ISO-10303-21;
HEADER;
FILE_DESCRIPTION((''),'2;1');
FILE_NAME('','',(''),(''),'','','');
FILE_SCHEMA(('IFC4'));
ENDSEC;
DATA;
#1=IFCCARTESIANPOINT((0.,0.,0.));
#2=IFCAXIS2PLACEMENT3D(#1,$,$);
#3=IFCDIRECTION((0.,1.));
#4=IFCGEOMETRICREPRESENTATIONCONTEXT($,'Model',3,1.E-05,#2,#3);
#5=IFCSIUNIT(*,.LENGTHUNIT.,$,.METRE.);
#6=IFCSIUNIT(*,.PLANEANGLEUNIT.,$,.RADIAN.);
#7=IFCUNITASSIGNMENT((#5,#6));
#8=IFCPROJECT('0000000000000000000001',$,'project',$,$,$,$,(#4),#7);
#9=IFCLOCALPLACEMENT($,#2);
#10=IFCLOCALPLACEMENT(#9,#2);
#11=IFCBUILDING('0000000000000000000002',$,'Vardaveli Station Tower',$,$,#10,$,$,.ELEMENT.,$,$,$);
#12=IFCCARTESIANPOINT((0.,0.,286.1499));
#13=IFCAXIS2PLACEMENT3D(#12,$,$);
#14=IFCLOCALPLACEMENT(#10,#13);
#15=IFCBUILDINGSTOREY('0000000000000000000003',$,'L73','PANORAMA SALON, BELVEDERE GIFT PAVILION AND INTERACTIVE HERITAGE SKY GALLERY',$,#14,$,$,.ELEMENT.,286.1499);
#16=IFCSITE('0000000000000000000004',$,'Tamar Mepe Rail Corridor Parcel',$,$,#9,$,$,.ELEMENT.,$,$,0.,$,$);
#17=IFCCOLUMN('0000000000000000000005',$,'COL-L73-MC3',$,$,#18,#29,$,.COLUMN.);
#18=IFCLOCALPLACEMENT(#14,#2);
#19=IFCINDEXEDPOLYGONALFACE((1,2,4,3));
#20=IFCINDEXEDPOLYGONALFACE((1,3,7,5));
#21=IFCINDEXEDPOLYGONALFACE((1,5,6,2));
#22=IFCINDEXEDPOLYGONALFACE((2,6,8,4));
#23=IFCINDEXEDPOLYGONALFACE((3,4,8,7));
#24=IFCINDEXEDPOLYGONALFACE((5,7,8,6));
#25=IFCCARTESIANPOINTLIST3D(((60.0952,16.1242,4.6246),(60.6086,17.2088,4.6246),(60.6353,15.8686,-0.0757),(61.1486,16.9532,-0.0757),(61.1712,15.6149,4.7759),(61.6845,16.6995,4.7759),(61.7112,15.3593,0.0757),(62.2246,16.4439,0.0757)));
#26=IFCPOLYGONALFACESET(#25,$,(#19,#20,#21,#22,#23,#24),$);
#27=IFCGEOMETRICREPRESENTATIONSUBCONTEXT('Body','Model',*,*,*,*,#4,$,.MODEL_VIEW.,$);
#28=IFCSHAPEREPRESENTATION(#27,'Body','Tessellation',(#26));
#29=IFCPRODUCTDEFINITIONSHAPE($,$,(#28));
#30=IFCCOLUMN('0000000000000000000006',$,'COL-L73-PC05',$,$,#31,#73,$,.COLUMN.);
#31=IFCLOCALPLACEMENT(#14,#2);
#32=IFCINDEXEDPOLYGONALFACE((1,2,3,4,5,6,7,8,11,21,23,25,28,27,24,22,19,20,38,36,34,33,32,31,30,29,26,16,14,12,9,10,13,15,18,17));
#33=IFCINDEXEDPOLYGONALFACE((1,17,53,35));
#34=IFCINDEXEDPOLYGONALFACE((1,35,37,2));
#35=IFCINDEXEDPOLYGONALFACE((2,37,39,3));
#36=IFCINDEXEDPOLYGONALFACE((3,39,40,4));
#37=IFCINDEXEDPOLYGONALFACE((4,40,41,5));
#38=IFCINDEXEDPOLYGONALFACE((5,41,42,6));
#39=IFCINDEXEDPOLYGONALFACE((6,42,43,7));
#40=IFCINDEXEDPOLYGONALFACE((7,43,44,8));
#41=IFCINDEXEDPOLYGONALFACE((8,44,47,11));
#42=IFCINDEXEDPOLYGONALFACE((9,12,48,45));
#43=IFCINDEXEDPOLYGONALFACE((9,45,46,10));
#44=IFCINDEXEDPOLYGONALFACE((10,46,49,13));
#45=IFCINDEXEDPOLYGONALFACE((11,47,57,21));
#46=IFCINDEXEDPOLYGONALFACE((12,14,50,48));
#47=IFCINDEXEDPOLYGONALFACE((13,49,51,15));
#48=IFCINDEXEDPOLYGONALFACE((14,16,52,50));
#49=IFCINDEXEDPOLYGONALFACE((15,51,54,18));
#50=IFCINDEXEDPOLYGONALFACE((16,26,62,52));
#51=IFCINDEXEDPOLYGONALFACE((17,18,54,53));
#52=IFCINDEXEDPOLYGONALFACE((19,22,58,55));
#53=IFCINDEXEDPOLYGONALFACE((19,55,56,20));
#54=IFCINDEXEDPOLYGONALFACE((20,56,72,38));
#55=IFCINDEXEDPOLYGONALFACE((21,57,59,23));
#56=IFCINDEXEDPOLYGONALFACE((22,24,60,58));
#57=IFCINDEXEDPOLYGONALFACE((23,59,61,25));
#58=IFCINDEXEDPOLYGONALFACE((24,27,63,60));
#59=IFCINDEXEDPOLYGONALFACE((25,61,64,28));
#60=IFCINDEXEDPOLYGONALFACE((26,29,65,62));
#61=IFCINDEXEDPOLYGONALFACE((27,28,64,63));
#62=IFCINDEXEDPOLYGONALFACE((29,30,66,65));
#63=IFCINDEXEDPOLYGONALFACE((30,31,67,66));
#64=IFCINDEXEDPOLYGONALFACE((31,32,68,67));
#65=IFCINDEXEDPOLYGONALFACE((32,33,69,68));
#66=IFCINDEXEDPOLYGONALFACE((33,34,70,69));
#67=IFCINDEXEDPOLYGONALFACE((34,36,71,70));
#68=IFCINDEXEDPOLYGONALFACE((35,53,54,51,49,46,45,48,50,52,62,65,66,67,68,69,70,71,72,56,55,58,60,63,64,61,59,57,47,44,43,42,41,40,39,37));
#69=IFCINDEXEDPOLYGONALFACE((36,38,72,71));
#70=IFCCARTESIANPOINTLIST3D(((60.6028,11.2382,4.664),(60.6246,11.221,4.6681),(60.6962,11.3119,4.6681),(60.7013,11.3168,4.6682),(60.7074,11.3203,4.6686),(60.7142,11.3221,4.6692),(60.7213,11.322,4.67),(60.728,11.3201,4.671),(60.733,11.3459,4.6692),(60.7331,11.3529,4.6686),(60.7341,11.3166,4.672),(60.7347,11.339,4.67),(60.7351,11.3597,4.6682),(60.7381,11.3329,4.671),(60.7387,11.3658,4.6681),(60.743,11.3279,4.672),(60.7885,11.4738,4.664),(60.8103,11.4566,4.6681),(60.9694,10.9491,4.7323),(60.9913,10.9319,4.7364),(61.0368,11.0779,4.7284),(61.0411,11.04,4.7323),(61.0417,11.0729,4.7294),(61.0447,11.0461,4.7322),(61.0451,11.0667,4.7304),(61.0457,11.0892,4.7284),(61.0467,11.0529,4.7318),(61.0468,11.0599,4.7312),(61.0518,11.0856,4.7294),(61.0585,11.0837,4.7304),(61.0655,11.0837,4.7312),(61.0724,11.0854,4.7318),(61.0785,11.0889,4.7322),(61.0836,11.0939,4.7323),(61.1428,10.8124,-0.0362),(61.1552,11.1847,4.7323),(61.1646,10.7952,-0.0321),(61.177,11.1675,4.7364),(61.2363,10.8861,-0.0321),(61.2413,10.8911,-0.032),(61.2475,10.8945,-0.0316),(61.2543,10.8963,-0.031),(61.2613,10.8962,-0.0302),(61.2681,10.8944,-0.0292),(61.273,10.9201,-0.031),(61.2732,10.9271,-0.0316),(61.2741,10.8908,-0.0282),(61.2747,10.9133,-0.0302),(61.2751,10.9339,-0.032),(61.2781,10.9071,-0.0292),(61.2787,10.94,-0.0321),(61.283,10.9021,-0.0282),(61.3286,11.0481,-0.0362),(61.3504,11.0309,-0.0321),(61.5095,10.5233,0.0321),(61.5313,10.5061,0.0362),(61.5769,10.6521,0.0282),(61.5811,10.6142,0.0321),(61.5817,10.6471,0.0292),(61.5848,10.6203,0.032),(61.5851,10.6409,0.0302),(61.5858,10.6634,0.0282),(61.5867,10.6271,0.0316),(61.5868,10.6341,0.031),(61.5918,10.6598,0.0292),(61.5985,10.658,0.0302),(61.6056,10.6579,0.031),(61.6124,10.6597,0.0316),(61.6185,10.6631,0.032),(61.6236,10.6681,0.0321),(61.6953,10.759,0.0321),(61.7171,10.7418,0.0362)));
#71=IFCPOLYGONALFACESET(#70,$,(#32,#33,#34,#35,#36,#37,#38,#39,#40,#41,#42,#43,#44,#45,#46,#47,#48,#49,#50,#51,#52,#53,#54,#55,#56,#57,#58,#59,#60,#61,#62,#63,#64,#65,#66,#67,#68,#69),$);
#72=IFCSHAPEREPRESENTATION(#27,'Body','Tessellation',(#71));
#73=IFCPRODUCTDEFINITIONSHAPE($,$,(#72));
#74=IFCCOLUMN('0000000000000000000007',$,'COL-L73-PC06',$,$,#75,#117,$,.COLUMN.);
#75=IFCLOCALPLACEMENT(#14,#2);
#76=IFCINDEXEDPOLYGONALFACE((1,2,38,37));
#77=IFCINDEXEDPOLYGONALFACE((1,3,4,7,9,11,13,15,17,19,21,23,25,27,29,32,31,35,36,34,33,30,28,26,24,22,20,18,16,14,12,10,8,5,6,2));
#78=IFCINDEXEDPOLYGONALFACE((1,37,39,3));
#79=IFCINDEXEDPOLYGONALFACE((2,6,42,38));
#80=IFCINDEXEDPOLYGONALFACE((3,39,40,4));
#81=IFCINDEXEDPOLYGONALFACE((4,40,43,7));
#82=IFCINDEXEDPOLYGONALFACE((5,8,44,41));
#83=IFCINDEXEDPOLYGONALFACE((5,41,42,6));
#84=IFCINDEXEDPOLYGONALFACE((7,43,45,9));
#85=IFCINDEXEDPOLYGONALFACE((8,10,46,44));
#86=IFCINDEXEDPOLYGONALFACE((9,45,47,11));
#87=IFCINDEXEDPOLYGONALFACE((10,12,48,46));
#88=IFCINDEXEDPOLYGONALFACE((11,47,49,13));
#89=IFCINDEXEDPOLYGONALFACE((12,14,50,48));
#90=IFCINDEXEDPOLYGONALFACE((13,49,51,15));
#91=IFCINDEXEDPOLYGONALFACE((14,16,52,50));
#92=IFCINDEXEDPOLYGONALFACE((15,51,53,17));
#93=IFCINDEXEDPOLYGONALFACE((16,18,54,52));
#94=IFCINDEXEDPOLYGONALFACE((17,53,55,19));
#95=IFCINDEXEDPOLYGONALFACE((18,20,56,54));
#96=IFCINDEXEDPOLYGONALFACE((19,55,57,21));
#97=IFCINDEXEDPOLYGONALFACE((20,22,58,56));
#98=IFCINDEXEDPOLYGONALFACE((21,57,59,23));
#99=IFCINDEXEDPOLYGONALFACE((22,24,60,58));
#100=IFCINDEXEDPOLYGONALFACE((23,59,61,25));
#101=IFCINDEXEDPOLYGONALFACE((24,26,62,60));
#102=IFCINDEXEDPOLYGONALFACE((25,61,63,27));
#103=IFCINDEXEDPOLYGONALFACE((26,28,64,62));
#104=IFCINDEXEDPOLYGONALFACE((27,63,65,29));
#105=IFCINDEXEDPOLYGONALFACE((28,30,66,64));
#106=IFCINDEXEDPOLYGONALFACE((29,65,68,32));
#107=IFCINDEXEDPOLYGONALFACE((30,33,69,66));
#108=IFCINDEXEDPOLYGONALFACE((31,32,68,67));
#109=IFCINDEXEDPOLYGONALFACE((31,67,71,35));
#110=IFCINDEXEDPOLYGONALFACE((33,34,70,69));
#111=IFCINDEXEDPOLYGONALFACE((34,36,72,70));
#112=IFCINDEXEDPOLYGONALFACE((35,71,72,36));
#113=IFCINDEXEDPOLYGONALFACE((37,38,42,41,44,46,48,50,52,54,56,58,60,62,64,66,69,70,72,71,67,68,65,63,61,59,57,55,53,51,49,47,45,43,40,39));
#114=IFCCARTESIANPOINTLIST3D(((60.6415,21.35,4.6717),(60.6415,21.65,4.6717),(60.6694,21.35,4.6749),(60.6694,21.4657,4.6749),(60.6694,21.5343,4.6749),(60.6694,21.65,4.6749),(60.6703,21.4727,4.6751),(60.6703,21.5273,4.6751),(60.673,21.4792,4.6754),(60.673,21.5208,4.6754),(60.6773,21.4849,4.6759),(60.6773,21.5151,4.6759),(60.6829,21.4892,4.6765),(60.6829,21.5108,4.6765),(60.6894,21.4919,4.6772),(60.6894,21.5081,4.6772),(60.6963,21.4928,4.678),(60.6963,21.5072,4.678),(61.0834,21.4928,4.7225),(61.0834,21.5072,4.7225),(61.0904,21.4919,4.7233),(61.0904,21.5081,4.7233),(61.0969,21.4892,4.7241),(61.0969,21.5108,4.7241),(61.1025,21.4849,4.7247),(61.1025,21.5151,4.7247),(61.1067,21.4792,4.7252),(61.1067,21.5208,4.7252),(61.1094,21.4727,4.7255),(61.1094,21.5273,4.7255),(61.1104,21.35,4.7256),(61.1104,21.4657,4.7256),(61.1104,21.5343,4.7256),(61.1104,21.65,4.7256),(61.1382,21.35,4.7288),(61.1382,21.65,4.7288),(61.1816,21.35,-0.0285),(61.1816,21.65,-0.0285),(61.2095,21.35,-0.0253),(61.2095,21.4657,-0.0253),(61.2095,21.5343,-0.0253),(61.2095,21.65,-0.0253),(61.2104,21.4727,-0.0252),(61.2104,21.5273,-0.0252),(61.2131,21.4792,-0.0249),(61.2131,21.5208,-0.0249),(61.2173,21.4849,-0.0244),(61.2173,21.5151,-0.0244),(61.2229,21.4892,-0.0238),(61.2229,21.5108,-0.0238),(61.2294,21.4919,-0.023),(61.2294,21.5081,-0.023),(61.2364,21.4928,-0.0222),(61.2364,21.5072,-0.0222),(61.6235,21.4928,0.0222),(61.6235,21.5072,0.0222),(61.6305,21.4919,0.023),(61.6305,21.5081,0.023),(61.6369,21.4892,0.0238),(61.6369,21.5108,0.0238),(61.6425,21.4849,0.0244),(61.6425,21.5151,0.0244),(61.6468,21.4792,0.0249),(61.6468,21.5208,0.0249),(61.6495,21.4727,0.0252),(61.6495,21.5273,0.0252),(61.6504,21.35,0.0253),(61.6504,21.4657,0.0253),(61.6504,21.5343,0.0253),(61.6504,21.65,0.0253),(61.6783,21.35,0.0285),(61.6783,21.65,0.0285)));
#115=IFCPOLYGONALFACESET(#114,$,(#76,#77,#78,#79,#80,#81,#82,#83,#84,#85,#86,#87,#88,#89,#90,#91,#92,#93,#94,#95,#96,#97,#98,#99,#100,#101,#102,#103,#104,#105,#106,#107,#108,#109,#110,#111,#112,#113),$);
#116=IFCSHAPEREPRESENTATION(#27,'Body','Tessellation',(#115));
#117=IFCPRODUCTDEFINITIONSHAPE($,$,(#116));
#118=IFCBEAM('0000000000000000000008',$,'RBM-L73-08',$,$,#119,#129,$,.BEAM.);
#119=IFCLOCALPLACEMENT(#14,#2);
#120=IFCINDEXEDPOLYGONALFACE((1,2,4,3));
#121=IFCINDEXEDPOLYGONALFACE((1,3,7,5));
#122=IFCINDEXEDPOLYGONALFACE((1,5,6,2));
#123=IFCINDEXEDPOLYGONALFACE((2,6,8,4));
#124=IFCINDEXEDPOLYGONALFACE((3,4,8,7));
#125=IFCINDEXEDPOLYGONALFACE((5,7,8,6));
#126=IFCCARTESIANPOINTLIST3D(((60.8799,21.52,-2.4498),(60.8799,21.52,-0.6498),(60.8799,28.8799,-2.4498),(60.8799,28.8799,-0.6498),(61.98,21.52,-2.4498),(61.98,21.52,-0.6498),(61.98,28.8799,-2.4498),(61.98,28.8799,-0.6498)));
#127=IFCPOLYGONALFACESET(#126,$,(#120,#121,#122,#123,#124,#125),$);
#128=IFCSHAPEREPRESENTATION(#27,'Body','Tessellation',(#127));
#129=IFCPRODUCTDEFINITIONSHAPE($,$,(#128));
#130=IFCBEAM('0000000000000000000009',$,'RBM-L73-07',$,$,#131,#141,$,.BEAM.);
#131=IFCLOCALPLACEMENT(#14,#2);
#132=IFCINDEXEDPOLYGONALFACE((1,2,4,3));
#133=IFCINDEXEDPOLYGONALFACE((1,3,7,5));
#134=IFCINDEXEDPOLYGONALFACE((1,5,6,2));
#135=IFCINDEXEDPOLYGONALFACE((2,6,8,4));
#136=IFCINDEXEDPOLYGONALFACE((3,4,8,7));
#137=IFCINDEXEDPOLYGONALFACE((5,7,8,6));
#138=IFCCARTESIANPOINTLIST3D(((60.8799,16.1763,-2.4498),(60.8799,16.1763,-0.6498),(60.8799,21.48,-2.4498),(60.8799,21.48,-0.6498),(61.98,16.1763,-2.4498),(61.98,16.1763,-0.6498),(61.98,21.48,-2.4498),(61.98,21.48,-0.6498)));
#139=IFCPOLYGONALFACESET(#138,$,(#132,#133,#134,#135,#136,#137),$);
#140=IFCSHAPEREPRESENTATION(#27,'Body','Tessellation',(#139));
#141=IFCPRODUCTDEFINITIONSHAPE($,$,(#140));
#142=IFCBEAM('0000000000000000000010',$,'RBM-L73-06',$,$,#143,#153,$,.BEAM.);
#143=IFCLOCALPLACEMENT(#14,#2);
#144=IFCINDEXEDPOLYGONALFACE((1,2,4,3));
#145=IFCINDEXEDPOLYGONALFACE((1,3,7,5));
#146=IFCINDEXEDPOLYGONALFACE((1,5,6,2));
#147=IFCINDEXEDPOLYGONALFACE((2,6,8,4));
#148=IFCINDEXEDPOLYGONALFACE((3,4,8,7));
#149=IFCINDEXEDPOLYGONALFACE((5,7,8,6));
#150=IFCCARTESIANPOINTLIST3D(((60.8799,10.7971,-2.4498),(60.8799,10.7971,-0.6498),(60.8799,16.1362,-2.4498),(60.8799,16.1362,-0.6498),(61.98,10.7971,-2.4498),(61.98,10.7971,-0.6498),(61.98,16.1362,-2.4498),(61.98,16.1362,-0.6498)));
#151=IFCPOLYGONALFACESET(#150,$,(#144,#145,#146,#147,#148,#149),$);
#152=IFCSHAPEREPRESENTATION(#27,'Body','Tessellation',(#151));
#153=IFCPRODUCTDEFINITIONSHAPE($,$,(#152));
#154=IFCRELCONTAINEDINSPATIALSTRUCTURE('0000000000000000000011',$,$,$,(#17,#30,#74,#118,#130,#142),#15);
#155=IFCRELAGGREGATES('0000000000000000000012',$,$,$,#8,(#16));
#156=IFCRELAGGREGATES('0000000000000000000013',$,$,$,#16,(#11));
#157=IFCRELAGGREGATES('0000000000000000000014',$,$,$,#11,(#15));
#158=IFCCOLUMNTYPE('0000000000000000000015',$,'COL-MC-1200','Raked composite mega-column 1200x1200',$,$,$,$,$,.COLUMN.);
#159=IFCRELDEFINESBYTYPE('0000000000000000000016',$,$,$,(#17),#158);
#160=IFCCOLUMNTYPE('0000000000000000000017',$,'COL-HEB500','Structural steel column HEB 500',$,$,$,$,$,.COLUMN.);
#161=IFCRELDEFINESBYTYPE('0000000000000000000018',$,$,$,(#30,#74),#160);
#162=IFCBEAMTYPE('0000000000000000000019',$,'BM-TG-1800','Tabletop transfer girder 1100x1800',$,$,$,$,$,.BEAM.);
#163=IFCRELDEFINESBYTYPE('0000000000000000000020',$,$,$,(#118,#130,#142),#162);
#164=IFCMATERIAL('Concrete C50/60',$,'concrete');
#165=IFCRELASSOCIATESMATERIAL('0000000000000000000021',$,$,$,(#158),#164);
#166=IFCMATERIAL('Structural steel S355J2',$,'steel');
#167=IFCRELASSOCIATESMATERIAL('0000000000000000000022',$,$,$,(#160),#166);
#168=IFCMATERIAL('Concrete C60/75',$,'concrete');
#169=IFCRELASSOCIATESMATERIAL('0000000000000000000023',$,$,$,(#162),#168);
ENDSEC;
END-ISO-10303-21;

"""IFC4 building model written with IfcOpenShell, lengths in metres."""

from ifc_helpers import new_model, si_unit, direction, frame, origin, origin_2d, place, context, subcontext, project, spatial, rectangle, i_section, extrude, source, transform, mapped, material, material_profile, profile_set, type_object, element, save


model = new_model("IFC4")

# Units and contexts
model_context = context("Model", 3, precision=1e-05, world=origin(), true_north=direction((0.0, 1.0)))
body_context = subcontext(model_context, "Body", "Model", "MODEL_VIEW")
ifc_project = project(units=[si_unit("LENGTHUNIT", "METRE"), si_unit("PLANEANGLEUNIT", "RADIAN")], contexts=[model_context])

# Site, building, storey
site_placement = place(None, origin())
site = spatial("IfcSite", under=ifc_project, at=site_placement, Name="Tamar Mepe Rail Corridor Parcel", CompositionType="ELEMENT", RefElevation=0.0)
building_placement = place(site_placement, origin())
building = spatial("IfcBuilding", under=site, at=building_placement, Name="Vardaveli Station Tower", CompositionType="ELEMENT")
storey_placement = place(building_placement, frame((0.0, 0.0, 286.1499)))
storey = spatial("IfcBuildingStorey", under=building, at=storey_placement, Name="L73", Description="PANORAMA SALON, BELVEDERE GIFT PAVILION AND INTERACTIVE HERITAGE SKY GALLERY", CompositionType="ELEMENT", Elevation=286.1499)

# Columns
ifc_material_1 = material(Name="Concrete C50/60", Category="concrete")
ifc_material_profile_1 = material_profile(ifc_material_1, rectangle(XDim=1.2, YDim=1.2, at=origin_2d()), Name="MC 1200x1200")
ifc_profile_set_1 = profile_set([ifc_material_profile_1], Name="Concrete C50/60")
column_type_1 = type_object("IfcColumnType", Name="COL-MC-1200", Description="Raked composite mega-column 1200x1200", PredefinedType="COLUMN", material=ifc_profile_set_1)
shared_shape_1 = source(origin(), body_context, "Body", "SweptSolid", [
    extrude(rectangle(XDim=1.2, YDim=1.2, at=origin_2d()), origin(), (0.0, 0.0, 1.0), 4.738),
])
column_1_placement = place(storey_placement, frame((61.4299, 16.1562, 0.0), z_axis=(-0.11398, 0.05395, 0.992017), x_axis=(-0.427823, -0.903863, 0.0)))
element("IfcColumn", 1, at=column_1_placement, inside=storey, type_object=column_type_1, Name="COL-L73-MC3", PredefinedType="COLUMN", context=body_context, shape_type="MappedRepresentation", body=[
    mapped(shared_shape_1, transform((0.0, 0.0, 0.0), scale=1.0)),
])
ifc_material_2 = material(Name="Structural steel S355J2", Category="steel")
ifc_material_profile_2 = material_profile(ifc_material_2, i_section(OverallWidth=0.3, OverallDepth=0.5, WebThickness=0.0144, FlangeThickness=0.0281, FilletRadius=0.0271, at=origin_2d()), Name="HEB 500")
ifc_profile_set_2 = profile_set([ifc_material_profile_2], Name="Structural steel S355J2")
column_type_2 = type_object("IfcColumnType", Name="COL-HEB500", Description="Structural steel column HEB 500", PredefinedType="COLUMN", material=ifc_profile_set_2)
shared_shape_2 = source(origin(), body_context, "Body", "SweptSolid", [
    extrude(i_section(OverallWidth=0.3, OverallDepth=0.5, WebThickness=0.0144, FlangeThickness=0.0281, FilletRadius=0.0271, at=origin_2d()), origin(), (0.0, 0.0, 1.0), 4.7502),
])
column_2_placement = place(storey_placement, frame((61.4299, 10.7771, 0.0), z_axis=(-0.113687, 0.089634, 0.989465), x_axis=(-0.619138, -0.785282, 0.0)))
element("IfcColumn", 2, at=column_2_placement, inside=storey, type_object=column_type_2, Name="COL-L73-PC05", PredefinedType="COLUMN", context=body_context, shape_type="MappedRepresentation", body=[
    mapped(shared_shape_2, transform((0.0, 0.0, 0.0), scale=1.0)),
])
shared_shape_3 = source(origin(), body_context, "Body", "SweptSolid", [
    extrude(i_section(OverallWidth=0.3, OverallDepth=0.5, WebThickness=0.0144, FlangeThickness=0.0281, FilletRadius=0.0271, at=origin_2d()), origin(), (0.0, 0.0, 1.0), 4.7312),
])
column_3_placement = place(storey_placement, frame((61.4299, 21.5, 0.0), z_axis=(-0.114146, 0.0, 0.993464), x_axis=(0.0, -1.0, 0.0)))
element("IfcColumn", 3, at=column_3_placement, inside=storey, type_object=column_type_2, Name="COL-L73-PC06", PredefinedType="COLUMN", context=body_context, shape_type="MappedRepresentation", body=[
    mapped(shared_shape_3, transform((0.0, 0.0, 0.0), scale=1.0)),
])

# Beams
ifc_material_3 = material(Name="Concrete C60/75", Category="concrete")
ifc_material_profile_3 = material_profile(ifc_material_3, rectangle(XDim=1.1001, YDim=1.8, at=origin_2d()), Name="TG 1100x1800")
ifc_profile_set_3 = profile_set([ifc_material_profile_3], Name="Concrete C60/75")
beam_type_1 = type_object("IfcBeamType", Name="BM-TG-1800", Description="Tabletop transfer girder 1100x1800", PredefinedType="BEAM", material=ifc_profile_set_3)
shared_shape_4 = source(origin(), body_context, "Body", "SweptSolid", [
    extrude(rectangle(XDim=1.1001, YDim=1.8, at=origin_2d()), origin(), (0.0, 0.0, 1.0), 7.3599),
])
beam_1_placement = place(storey_placement, frame((61.4299, 21.52, -1.5498), z_axis=(0.0, 1.0, 0.0), x_axis=(-1.0, 0.0, 0.0)))
element("IfcBeam", 4, at=beam_1_placement, inside=storey, type_object=beam_type_1, Name="RBM-L73-08", PredefinedType="BEAM", context=body_context, shape_type="MappedRepresentation", body=[
    mapped(shared_shape_4, transform((0.0, 0.0, 0.0), scale=1.0)),
])
shared_shape_5 = source(origin(), body_context, "Body", "SweptSolid", [
    extrude(rectangle(XDim=1.1001, YDim=1.8, at=origin_2d()), origin(), (0.0, 0.0, 1.0), 5.3037),
])
beam_2_placement = place(storey_placement, frame((61.4299, 16.1763, -1.5498), z_axis=(0.0, 1.0, 0.0), x_axis=(-1.0, 0.0, 0.0)))
element("IfcBeam", 5, at=beam_2_placement, inside=storey, type_object=beam_type_1, Name="RBM-L73-07", PredefinedType="BEAM", context=body_context, shape_type="MappedRepresentation", body=[
    mapped(shared_shape_5, transform((0.0, 0.0, 0.0), scale=1.0)),
])
shared_shape_6 = source(origin(), body_context, "Body", "SweptSolid", [
    extrude(rectangle(XDim=1.1001, YDim=1.8, at=origin_2d()), origin(), (0.0, 0.0, 1.0), 5.3391),
])
beam_3_placement = place(storey_placement, frame((61.4299, 10.7971, -1.5498), z_axis=(0.0, 1.0, 0.0), x_axis=(-1.0, 0.0, 0.0)))
element("IfcBeam", 6, at=beam_3_placement, inside=storey, type_object=beam_type_1, Name="RBM-L73-06", PredefinedType="BEAM", context=body_context, shape_type="MappedRepresentation", body=[
    mapped(shared_shape_6, transform((0.0, 0.0, 0.0), scale=1.0)),
])

save(model, "model.ifc")
